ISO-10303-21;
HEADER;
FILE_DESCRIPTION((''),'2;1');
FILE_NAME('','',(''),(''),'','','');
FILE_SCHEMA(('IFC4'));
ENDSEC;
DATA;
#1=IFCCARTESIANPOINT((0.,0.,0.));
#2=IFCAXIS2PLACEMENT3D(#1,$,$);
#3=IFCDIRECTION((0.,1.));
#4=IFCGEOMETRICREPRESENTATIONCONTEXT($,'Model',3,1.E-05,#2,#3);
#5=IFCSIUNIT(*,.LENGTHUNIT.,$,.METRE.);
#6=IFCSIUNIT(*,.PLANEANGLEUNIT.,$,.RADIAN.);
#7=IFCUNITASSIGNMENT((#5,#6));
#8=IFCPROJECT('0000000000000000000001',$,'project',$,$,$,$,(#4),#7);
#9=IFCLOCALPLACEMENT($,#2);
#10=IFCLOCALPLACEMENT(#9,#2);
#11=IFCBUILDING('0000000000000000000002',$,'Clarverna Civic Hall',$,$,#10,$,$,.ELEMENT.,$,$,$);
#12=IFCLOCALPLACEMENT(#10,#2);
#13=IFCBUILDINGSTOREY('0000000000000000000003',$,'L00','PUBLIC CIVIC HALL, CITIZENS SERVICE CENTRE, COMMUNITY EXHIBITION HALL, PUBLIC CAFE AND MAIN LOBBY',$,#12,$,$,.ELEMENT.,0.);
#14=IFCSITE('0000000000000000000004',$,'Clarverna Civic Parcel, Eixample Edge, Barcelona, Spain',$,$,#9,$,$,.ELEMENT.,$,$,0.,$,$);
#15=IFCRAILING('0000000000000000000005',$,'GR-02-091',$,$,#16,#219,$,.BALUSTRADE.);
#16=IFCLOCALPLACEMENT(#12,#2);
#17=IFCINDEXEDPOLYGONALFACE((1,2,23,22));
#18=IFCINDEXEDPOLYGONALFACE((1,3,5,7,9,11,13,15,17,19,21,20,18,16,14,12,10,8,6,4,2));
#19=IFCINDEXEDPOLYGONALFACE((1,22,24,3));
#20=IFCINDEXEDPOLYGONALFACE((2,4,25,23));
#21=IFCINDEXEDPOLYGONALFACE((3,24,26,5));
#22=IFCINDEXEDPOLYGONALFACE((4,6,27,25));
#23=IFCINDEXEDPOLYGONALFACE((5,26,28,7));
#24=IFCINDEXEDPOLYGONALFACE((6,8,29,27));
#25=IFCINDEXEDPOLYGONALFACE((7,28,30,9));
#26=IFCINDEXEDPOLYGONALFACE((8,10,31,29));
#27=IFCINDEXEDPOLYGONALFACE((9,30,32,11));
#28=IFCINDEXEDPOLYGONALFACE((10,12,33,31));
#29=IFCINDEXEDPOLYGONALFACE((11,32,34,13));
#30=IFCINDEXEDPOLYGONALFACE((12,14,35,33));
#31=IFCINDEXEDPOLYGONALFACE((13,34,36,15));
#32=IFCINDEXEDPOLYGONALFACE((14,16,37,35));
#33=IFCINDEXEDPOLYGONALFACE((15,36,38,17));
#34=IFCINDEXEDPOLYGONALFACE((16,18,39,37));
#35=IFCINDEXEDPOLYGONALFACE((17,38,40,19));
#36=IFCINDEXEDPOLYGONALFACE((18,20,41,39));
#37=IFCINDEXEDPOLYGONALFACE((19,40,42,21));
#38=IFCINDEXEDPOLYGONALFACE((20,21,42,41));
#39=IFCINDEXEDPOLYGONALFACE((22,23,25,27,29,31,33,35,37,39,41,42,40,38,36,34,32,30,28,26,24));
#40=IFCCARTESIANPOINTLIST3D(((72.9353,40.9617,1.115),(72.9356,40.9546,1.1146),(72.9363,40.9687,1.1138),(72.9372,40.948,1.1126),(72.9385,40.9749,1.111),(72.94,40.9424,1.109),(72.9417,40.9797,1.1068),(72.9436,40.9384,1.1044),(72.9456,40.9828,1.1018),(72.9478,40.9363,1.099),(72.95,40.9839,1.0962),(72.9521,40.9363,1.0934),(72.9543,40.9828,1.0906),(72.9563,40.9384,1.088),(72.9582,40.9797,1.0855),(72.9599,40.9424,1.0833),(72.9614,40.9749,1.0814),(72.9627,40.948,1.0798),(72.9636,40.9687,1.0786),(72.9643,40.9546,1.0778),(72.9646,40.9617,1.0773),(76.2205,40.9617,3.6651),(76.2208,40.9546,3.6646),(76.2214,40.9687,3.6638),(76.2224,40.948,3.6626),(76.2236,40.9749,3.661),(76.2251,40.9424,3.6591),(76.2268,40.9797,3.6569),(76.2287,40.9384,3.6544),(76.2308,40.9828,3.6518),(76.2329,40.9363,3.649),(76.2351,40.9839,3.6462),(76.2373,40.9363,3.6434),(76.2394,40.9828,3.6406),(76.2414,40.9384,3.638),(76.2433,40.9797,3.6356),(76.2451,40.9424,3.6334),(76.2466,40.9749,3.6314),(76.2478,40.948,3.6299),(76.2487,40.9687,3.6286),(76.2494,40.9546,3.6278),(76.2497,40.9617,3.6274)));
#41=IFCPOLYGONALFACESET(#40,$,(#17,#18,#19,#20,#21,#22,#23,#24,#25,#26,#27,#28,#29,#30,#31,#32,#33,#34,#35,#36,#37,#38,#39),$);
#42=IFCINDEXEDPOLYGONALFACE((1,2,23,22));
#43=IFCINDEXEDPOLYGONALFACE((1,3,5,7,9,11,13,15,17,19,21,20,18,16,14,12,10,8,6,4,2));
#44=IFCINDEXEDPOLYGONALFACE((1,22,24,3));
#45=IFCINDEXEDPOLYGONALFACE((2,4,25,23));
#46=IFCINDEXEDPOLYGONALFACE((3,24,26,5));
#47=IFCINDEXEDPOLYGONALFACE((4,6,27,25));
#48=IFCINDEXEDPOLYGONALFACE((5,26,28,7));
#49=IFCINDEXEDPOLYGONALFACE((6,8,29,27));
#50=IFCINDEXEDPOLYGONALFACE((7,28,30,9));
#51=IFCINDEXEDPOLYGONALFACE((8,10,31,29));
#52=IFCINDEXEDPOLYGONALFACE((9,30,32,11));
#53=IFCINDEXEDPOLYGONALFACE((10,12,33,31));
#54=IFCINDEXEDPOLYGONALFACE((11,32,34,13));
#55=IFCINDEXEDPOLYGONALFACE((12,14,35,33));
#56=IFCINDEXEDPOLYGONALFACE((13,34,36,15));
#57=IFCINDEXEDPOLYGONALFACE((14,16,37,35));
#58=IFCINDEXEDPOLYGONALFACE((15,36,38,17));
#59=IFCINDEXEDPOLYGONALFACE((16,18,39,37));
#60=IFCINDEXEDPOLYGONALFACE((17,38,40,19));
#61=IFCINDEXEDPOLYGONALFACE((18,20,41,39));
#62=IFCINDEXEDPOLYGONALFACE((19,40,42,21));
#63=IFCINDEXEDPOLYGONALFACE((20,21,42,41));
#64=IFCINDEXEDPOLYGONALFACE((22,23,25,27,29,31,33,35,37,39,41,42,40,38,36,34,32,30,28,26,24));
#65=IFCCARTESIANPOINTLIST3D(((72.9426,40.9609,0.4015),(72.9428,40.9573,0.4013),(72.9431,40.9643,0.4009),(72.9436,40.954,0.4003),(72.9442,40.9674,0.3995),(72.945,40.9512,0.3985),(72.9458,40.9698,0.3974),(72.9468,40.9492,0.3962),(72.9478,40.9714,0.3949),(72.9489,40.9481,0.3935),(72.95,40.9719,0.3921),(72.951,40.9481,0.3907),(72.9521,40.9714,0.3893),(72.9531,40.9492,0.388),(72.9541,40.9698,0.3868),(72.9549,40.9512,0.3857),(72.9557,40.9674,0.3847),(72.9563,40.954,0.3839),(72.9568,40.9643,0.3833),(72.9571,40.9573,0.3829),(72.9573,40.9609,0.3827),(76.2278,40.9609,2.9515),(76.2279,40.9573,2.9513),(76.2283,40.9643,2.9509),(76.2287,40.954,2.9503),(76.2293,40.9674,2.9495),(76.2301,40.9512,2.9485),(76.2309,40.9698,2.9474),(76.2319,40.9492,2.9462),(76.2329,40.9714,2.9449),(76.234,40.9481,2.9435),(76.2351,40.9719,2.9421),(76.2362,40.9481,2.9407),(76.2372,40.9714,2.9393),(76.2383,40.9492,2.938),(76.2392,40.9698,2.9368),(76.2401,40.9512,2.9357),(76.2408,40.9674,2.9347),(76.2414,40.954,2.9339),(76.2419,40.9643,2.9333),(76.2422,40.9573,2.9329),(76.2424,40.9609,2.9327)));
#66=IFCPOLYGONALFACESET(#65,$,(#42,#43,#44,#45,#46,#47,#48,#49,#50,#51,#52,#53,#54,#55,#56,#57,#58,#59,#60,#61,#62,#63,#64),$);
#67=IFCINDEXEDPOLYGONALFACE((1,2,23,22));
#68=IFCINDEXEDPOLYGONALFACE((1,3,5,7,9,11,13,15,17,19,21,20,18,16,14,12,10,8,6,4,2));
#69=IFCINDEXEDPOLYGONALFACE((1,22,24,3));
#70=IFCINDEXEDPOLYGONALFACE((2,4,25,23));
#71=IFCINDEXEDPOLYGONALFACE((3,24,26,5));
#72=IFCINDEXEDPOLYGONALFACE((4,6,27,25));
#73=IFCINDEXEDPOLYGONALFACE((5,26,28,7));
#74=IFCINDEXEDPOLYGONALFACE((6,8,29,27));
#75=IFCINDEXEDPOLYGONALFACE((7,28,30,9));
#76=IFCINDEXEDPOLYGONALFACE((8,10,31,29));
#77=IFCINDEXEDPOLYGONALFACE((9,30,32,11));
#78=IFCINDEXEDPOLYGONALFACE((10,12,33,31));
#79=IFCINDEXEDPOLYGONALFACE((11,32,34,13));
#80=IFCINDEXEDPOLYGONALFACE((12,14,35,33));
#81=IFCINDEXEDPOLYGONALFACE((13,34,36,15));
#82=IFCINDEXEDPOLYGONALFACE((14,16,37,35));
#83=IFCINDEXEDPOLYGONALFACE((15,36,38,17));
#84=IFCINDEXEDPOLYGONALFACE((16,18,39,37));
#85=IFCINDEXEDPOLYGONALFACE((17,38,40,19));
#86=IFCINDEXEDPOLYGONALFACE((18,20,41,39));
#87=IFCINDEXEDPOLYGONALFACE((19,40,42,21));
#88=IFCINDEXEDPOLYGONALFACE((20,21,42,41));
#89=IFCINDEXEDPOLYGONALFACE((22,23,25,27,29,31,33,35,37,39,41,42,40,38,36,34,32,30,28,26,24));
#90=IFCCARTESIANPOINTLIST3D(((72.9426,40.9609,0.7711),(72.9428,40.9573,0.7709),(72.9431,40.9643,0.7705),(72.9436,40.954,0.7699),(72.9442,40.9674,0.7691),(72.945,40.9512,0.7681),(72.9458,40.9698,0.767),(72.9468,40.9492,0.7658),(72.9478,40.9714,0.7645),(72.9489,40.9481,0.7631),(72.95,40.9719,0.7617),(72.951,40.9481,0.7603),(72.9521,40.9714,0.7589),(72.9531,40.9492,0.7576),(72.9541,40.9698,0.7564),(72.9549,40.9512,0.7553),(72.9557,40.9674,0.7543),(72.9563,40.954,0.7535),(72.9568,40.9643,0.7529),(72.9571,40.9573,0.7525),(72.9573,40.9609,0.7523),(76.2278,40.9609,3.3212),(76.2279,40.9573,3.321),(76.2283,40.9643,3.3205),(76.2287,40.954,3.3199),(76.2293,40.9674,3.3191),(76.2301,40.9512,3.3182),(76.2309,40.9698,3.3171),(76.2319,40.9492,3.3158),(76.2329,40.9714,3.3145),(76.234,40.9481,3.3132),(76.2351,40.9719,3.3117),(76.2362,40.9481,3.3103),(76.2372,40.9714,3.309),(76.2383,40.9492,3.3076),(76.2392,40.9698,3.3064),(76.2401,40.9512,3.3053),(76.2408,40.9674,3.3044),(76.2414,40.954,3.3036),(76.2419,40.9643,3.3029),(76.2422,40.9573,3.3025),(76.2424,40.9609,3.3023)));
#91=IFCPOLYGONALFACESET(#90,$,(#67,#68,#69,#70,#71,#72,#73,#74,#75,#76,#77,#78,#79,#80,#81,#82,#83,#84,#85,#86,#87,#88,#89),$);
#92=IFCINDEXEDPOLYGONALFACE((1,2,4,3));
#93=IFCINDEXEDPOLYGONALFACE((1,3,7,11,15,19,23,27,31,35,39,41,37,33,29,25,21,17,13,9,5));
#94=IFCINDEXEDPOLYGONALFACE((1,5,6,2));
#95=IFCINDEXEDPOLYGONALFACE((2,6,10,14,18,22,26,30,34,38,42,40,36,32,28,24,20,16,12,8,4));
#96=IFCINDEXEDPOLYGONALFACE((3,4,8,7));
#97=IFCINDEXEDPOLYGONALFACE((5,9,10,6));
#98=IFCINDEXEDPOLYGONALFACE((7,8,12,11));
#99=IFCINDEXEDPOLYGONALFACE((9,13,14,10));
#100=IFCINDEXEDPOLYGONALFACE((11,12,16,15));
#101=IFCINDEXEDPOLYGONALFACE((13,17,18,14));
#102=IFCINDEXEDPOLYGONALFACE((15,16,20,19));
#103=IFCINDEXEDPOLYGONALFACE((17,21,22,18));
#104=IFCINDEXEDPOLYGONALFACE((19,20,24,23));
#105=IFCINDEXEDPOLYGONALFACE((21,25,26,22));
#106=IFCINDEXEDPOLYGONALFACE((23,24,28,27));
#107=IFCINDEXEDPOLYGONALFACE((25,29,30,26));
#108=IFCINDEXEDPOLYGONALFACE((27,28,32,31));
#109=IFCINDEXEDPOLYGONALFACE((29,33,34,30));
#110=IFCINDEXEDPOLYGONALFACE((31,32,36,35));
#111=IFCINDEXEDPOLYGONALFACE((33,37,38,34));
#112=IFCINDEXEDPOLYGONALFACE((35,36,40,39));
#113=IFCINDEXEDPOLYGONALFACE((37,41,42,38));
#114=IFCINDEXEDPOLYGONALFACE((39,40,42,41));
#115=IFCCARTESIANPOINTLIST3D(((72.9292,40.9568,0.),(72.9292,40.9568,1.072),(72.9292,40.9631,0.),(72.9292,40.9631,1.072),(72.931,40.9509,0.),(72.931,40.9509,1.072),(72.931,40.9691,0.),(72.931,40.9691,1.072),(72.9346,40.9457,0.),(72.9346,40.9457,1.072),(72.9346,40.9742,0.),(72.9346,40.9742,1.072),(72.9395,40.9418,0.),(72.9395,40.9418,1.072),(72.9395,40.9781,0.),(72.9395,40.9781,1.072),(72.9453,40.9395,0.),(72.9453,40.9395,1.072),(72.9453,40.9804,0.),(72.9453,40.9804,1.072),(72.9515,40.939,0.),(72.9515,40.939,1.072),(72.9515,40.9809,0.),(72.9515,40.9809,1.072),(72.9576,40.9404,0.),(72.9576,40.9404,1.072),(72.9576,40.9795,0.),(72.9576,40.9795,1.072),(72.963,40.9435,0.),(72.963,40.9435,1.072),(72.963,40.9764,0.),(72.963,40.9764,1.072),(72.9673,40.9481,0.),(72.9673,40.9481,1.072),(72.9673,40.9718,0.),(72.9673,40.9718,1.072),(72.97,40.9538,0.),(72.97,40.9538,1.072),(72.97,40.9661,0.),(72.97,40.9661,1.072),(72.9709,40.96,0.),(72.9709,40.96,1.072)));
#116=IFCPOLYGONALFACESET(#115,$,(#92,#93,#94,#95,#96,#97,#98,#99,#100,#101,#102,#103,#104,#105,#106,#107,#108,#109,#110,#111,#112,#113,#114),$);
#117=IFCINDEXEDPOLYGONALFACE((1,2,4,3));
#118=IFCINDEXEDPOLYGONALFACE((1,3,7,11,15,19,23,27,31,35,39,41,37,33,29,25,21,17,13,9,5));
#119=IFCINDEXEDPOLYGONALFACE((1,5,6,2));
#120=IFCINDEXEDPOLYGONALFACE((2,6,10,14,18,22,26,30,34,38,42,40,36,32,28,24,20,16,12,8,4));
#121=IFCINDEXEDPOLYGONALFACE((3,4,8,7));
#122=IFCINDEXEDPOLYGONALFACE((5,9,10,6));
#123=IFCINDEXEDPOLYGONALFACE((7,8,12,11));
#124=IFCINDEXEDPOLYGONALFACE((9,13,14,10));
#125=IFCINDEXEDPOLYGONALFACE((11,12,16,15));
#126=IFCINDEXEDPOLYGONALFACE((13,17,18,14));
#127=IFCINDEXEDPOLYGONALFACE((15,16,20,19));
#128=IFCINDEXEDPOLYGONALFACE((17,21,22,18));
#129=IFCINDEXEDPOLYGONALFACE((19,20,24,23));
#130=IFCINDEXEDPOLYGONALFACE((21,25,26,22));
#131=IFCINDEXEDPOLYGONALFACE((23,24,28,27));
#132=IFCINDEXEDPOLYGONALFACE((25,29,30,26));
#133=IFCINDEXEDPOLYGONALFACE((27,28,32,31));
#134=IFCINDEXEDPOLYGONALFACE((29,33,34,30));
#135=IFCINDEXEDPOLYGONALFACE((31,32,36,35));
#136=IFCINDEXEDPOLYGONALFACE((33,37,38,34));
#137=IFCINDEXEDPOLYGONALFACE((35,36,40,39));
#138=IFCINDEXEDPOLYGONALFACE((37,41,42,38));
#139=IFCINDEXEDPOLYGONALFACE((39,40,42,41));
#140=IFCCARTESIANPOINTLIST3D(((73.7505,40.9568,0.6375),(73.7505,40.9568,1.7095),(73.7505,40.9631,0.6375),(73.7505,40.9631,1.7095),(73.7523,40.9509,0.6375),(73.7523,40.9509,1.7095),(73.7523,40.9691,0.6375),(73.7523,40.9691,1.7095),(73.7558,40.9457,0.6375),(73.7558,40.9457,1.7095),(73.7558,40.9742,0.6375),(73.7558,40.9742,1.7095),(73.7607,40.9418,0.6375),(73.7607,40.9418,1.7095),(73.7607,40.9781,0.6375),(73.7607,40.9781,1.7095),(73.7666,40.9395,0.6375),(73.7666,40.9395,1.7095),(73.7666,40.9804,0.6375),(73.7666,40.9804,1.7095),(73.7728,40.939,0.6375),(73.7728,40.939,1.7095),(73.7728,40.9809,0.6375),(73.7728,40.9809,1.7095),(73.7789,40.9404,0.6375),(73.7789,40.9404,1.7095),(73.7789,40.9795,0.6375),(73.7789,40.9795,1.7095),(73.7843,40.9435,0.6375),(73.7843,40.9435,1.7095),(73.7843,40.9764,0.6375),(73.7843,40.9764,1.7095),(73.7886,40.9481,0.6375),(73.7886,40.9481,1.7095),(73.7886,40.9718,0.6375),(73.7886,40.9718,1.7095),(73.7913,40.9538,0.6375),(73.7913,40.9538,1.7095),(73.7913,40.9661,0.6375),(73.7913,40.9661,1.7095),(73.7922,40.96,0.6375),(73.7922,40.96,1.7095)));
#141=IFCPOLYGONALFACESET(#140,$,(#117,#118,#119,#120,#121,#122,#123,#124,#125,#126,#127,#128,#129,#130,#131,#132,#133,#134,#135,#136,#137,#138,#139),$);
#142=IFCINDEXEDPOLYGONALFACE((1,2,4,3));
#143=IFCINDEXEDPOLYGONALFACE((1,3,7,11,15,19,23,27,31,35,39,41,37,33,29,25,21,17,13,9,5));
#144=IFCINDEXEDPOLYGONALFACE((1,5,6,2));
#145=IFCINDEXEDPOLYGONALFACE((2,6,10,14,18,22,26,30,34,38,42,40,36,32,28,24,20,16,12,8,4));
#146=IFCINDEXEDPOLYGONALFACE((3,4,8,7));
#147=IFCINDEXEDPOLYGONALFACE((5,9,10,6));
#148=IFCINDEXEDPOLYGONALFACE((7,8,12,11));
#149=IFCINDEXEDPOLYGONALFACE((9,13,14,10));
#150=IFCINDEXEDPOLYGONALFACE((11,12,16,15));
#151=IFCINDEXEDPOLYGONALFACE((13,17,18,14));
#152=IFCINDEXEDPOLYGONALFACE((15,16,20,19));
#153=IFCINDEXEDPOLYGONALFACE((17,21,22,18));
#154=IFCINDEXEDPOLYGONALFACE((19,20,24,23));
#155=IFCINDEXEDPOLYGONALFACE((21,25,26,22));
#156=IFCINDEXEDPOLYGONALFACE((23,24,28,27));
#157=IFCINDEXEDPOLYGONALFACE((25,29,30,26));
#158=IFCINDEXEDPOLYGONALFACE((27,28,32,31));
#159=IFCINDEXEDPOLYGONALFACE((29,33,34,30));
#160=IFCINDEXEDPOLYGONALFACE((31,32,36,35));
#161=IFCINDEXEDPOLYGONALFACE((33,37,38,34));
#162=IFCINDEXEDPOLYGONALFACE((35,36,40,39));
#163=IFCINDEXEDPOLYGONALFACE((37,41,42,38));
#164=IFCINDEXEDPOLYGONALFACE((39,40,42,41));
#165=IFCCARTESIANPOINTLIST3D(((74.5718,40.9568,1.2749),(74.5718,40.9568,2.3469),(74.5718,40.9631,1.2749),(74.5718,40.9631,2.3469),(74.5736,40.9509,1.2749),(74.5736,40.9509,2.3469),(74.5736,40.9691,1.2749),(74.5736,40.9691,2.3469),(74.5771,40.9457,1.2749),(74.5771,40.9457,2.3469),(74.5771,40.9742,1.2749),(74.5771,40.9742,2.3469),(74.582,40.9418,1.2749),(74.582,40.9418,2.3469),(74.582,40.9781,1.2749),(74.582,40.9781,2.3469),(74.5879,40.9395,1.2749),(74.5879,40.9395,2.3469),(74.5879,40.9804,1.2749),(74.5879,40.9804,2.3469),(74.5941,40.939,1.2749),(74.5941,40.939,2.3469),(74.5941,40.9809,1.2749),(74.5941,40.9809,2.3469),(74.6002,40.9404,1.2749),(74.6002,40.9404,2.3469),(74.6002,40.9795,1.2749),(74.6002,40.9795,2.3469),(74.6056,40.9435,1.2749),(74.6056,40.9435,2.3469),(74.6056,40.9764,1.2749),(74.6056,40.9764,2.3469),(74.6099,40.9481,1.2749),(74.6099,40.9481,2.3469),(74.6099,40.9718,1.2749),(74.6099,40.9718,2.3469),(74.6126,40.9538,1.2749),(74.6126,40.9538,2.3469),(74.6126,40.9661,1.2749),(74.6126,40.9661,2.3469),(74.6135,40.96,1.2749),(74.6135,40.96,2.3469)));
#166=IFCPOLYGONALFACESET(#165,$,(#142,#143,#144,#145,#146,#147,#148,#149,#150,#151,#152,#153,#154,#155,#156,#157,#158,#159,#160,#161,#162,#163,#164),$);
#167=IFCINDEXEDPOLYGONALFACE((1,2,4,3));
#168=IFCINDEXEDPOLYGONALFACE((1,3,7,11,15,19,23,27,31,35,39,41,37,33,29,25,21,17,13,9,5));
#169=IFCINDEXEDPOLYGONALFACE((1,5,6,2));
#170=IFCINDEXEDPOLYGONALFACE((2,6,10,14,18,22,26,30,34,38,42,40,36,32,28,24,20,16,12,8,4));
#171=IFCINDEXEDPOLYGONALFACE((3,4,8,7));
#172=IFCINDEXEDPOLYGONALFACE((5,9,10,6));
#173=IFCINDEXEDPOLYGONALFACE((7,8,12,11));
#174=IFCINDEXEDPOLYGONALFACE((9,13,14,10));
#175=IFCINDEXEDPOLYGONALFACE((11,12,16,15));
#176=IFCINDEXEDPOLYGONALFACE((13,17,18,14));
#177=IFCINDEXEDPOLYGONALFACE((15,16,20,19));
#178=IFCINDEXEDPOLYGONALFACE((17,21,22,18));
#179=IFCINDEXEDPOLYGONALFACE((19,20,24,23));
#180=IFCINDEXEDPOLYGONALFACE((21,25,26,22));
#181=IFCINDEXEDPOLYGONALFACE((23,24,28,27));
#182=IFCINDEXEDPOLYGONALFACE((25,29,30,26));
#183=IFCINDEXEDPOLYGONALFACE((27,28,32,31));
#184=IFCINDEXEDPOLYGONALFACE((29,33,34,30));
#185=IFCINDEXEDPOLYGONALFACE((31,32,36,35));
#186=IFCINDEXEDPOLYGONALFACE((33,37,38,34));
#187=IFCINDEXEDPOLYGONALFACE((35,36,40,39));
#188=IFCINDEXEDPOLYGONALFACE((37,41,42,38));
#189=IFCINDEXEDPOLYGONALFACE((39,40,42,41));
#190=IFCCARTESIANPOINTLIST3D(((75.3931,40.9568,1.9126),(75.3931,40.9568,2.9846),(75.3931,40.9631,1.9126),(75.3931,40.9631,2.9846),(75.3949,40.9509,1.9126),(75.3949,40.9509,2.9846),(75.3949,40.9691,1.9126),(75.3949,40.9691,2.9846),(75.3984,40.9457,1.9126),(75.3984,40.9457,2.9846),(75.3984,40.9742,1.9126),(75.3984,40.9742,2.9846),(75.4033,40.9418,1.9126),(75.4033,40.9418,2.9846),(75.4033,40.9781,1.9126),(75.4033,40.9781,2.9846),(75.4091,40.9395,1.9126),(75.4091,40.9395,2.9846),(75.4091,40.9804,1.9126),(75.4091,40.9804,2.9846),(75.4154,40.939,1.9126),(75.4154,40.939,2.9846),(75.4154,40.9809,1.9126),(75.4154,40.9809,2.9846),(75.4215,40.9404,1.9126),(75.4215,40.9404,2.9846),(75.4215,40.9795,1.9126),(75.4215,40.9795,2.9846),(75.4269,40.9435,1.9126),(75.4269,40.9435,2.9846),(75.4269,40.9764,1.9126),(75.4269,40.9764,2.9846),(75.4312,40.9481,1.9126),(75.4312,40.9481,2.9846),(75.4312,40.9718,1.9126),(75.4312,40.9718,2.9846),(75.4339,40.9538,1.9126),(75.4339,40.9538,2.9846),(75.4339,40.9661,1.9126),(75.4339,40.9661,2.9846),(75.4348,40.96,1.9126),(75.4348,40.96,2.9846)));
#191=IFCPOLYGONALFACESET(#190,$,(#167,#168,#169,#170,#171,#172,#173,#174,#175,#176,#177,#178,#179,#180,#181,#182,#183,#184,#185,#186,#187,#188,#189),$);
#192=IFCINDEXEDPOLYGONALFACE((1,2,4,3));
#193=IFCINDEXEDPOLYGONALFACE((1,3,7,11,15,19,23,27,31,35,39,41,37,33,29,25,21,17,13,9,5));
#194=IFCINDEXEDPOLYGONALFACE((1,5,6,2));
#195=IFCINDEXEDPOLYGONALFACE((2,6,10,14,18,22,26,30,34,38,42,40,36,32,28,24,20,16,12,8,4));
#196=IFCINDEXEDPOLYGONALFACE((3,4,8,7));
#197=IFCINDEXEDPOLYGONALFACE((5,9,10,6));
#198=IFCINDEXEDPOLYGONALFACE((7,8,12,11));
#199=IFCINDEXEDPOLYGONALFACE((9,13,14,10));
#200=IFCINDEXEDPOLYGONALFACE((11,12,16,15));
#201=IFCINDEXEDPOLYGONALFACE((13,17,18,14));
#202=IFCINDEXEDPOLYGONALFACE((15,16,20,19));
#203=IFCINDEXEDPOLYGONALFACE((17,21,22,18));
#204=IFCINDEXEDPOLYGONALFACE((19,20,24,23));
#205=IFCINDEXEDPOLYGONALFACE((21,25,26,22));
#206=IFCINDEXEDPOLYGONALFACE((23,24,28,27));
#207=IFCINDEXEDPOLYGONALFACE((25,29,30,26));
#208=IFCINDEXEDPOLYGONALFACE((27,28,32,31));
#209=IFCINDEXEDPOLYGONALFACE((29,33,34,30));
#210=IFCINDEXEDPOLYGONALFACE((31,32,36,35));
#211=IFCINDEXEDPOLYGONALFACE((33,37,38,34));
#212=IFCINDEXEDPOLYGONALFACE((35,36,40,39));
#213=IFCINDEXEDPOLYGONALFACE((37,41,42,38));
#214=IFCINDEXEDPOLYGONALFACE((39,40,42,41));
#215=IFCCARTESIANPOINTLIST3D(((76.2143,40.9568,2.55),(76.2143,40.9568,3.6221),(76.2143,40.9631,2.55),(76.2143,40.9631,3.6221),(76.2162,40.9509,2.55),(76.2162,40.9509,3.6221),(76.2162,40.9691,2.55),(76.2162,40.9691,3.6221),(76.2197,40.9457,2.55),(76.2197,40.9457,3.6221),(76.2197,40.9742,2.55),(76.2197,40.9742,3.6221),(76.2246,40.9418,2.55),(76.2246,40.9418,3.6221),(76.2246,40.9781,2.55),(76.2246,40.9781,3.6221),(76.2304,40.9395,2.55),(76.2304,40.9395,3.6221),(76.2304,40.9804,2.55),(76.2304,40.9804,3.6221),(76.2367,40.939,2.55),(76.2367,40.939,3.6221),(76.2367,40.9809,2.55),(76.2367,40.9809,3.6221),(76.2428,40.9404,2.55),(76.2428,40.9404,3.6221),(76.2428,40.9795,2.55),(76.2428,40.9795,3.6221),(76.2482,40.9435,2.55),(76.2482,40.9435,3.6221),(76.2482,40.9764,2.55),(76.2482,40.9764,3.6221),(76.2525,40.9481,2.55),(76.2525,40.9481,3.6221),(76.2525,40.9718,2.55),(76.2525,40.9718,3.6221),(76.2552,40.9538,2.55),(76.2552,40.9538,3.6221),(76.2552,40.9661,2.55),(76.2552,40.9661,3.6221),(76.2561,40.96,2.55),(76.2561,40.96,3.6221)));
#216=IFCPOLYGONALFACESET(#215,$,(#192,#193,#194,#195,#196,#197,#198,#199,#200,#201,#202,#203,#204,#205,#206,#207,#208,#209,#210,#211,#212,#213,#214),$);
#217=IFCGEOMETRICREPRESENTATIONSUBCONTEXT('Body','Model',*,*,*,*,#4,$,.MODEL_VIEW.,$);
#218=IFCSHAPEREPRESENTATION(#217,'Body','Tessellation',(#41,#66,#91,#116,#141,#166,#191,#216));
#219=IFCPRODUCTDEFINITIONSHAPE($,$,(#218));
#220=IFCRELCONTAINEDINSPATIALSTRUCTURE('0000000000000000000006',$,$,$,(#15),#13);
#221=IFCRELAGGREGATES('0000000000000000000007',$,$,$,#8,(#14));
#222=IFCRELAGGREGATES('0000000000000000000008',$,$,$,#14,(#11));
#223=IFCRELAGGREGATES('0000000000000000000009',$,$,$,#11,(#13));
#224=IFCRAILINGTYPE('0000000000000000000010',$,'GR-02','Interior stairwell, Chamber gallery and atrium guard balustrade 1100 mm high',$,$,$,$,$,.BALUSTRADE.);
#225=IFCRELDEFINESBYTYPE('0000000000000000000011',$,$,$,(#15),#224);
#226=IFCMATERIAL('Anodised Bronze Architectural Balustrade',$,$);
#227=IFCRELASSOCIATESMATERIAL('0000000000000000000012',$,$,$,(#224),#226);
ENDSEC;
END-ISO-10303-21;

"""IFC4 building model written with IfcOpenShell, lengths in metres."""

from ifc_helpers import new_model, si_unit, direction, frame, origin, origin_2d, place, context, subcontext, project, spatial, circle, extrude, material, type_object, element, save


model = new_model("IFC4")

# Units and contexts
model_context = context("Model", 3, precision=1e-05, world=origin(), true_north=direction((0.0, 1.0)))
body_context = subcontext(model_context, "Body", "Model", "MODEL_VIEW")
ifc_project = project(units=[si_unit("LENGTHUNIT", "METRE"), si_unit("PLANEANGLEUNIT", "RADIAN")], contexts=[model_context])

# Site, building, storey
site_placement = place(None, origin())
site = spatial("IfcSite", under=ifc_project, at=site_placement, Name="Clarverna Civic Parcel, Eixample Edge, Barcelona, Spain", CompositionType="ELEMENT", RefElevation=0.0)
building_placement = place(site_placement, origin())
building = spatial("IfcBuilding", under=site, at=building_placement, Name="Clarverna Civic Hall", CompositionType="ELEMENT")
storey_placement = place(building_placement, origin())
storey = spatial("IfcBuildingStorey", under=building, at=storey_placement, Name="L00", Description="PUBLIC CIVIC HALL, CITIZENS SERVICE CENTRE, COMMUNITY EXHIBITION HALL, PUBLIC CAFE AND MAIN LOBBY", CompositionType="ELEMENT", Elevation=0.0)

# Railing
ifc_material_1 = material(Name="Anodised Bronze Architectural Balustrade")
railing_type_1 = type_object("IfcRailingType", Name="GR-02", Description="Interior stairwell, Chamber gallery and atrium guard balustrade 1100 mm high", PredefinedType="BALUSTRADE", material=ifc_material_1)
railing_1_placement = place(storey_placement, frame((72.95, 40.96, 0.0)))
element("IfcRailing", 1, at=railing_1_placement, inside=storey, type_object=railing_type_1, Name="GR-02-091", PredefinedType="BALUSTRADE", context=body_context, shape_type="SweptSolid", body=[
    extrude(circle(Radius=0.0239, at=origin_2d()), frame((0.0, 0.0, 1.0962), z_axis=(0.789943, 0.0, 0.61318), x_axis=(0.0, 1.0, 0.0)), (0.0, 0.0, 1.0), 4.1587),
    extrude(circle(Radius=0.012, at=origin_2d()), frame((0.0, 0.0, 0.3921), z_axis=(0.789943, 0.0, 0.61318), x_axis=(0.0, 1.0, 0.0)), (0.0, 0.0, 1.0), 4.1587),
    extrude(circle(Radius=0.012, at=origin_2d()), frame((0.0, 0.0, 0.7617), z_axis=(0.789943, 0.0, 0.61318), x_axis=(0.0, 1.0, 0.0)), (0.0, 0.0, 1.0), 4.1587),
    extrude(circle(Radius=0.021, at=origin_2d()), origin(), (0.0, 0.0, 1.0), 1.072),
    extrude(circle(Radius=0.021, at=origin_2d()), frame((0.8213, 0.0, 0.6375)), (0.0, 0.0, 1.0), 1.072),
    extrude(circle(Radius=0.021, at=origin_2d()), frame((1.6426, 0.0, 1.2749)), (0.0, 0.0, 1.0), 1.072),
    extrude(circle(Radius=0.021, at=origin_2d()), frame((2.4639, 0.0, 1.9126)), (0.0, 0.0, 1.0), 1.072),
    extrude(circle(Radius=0.021, at=origin_2d()), frame((3.2852, 0.0, 2.55)), (0.0, 0.0, 1.0), 1.072),
])

save(model, "model.ifc")
